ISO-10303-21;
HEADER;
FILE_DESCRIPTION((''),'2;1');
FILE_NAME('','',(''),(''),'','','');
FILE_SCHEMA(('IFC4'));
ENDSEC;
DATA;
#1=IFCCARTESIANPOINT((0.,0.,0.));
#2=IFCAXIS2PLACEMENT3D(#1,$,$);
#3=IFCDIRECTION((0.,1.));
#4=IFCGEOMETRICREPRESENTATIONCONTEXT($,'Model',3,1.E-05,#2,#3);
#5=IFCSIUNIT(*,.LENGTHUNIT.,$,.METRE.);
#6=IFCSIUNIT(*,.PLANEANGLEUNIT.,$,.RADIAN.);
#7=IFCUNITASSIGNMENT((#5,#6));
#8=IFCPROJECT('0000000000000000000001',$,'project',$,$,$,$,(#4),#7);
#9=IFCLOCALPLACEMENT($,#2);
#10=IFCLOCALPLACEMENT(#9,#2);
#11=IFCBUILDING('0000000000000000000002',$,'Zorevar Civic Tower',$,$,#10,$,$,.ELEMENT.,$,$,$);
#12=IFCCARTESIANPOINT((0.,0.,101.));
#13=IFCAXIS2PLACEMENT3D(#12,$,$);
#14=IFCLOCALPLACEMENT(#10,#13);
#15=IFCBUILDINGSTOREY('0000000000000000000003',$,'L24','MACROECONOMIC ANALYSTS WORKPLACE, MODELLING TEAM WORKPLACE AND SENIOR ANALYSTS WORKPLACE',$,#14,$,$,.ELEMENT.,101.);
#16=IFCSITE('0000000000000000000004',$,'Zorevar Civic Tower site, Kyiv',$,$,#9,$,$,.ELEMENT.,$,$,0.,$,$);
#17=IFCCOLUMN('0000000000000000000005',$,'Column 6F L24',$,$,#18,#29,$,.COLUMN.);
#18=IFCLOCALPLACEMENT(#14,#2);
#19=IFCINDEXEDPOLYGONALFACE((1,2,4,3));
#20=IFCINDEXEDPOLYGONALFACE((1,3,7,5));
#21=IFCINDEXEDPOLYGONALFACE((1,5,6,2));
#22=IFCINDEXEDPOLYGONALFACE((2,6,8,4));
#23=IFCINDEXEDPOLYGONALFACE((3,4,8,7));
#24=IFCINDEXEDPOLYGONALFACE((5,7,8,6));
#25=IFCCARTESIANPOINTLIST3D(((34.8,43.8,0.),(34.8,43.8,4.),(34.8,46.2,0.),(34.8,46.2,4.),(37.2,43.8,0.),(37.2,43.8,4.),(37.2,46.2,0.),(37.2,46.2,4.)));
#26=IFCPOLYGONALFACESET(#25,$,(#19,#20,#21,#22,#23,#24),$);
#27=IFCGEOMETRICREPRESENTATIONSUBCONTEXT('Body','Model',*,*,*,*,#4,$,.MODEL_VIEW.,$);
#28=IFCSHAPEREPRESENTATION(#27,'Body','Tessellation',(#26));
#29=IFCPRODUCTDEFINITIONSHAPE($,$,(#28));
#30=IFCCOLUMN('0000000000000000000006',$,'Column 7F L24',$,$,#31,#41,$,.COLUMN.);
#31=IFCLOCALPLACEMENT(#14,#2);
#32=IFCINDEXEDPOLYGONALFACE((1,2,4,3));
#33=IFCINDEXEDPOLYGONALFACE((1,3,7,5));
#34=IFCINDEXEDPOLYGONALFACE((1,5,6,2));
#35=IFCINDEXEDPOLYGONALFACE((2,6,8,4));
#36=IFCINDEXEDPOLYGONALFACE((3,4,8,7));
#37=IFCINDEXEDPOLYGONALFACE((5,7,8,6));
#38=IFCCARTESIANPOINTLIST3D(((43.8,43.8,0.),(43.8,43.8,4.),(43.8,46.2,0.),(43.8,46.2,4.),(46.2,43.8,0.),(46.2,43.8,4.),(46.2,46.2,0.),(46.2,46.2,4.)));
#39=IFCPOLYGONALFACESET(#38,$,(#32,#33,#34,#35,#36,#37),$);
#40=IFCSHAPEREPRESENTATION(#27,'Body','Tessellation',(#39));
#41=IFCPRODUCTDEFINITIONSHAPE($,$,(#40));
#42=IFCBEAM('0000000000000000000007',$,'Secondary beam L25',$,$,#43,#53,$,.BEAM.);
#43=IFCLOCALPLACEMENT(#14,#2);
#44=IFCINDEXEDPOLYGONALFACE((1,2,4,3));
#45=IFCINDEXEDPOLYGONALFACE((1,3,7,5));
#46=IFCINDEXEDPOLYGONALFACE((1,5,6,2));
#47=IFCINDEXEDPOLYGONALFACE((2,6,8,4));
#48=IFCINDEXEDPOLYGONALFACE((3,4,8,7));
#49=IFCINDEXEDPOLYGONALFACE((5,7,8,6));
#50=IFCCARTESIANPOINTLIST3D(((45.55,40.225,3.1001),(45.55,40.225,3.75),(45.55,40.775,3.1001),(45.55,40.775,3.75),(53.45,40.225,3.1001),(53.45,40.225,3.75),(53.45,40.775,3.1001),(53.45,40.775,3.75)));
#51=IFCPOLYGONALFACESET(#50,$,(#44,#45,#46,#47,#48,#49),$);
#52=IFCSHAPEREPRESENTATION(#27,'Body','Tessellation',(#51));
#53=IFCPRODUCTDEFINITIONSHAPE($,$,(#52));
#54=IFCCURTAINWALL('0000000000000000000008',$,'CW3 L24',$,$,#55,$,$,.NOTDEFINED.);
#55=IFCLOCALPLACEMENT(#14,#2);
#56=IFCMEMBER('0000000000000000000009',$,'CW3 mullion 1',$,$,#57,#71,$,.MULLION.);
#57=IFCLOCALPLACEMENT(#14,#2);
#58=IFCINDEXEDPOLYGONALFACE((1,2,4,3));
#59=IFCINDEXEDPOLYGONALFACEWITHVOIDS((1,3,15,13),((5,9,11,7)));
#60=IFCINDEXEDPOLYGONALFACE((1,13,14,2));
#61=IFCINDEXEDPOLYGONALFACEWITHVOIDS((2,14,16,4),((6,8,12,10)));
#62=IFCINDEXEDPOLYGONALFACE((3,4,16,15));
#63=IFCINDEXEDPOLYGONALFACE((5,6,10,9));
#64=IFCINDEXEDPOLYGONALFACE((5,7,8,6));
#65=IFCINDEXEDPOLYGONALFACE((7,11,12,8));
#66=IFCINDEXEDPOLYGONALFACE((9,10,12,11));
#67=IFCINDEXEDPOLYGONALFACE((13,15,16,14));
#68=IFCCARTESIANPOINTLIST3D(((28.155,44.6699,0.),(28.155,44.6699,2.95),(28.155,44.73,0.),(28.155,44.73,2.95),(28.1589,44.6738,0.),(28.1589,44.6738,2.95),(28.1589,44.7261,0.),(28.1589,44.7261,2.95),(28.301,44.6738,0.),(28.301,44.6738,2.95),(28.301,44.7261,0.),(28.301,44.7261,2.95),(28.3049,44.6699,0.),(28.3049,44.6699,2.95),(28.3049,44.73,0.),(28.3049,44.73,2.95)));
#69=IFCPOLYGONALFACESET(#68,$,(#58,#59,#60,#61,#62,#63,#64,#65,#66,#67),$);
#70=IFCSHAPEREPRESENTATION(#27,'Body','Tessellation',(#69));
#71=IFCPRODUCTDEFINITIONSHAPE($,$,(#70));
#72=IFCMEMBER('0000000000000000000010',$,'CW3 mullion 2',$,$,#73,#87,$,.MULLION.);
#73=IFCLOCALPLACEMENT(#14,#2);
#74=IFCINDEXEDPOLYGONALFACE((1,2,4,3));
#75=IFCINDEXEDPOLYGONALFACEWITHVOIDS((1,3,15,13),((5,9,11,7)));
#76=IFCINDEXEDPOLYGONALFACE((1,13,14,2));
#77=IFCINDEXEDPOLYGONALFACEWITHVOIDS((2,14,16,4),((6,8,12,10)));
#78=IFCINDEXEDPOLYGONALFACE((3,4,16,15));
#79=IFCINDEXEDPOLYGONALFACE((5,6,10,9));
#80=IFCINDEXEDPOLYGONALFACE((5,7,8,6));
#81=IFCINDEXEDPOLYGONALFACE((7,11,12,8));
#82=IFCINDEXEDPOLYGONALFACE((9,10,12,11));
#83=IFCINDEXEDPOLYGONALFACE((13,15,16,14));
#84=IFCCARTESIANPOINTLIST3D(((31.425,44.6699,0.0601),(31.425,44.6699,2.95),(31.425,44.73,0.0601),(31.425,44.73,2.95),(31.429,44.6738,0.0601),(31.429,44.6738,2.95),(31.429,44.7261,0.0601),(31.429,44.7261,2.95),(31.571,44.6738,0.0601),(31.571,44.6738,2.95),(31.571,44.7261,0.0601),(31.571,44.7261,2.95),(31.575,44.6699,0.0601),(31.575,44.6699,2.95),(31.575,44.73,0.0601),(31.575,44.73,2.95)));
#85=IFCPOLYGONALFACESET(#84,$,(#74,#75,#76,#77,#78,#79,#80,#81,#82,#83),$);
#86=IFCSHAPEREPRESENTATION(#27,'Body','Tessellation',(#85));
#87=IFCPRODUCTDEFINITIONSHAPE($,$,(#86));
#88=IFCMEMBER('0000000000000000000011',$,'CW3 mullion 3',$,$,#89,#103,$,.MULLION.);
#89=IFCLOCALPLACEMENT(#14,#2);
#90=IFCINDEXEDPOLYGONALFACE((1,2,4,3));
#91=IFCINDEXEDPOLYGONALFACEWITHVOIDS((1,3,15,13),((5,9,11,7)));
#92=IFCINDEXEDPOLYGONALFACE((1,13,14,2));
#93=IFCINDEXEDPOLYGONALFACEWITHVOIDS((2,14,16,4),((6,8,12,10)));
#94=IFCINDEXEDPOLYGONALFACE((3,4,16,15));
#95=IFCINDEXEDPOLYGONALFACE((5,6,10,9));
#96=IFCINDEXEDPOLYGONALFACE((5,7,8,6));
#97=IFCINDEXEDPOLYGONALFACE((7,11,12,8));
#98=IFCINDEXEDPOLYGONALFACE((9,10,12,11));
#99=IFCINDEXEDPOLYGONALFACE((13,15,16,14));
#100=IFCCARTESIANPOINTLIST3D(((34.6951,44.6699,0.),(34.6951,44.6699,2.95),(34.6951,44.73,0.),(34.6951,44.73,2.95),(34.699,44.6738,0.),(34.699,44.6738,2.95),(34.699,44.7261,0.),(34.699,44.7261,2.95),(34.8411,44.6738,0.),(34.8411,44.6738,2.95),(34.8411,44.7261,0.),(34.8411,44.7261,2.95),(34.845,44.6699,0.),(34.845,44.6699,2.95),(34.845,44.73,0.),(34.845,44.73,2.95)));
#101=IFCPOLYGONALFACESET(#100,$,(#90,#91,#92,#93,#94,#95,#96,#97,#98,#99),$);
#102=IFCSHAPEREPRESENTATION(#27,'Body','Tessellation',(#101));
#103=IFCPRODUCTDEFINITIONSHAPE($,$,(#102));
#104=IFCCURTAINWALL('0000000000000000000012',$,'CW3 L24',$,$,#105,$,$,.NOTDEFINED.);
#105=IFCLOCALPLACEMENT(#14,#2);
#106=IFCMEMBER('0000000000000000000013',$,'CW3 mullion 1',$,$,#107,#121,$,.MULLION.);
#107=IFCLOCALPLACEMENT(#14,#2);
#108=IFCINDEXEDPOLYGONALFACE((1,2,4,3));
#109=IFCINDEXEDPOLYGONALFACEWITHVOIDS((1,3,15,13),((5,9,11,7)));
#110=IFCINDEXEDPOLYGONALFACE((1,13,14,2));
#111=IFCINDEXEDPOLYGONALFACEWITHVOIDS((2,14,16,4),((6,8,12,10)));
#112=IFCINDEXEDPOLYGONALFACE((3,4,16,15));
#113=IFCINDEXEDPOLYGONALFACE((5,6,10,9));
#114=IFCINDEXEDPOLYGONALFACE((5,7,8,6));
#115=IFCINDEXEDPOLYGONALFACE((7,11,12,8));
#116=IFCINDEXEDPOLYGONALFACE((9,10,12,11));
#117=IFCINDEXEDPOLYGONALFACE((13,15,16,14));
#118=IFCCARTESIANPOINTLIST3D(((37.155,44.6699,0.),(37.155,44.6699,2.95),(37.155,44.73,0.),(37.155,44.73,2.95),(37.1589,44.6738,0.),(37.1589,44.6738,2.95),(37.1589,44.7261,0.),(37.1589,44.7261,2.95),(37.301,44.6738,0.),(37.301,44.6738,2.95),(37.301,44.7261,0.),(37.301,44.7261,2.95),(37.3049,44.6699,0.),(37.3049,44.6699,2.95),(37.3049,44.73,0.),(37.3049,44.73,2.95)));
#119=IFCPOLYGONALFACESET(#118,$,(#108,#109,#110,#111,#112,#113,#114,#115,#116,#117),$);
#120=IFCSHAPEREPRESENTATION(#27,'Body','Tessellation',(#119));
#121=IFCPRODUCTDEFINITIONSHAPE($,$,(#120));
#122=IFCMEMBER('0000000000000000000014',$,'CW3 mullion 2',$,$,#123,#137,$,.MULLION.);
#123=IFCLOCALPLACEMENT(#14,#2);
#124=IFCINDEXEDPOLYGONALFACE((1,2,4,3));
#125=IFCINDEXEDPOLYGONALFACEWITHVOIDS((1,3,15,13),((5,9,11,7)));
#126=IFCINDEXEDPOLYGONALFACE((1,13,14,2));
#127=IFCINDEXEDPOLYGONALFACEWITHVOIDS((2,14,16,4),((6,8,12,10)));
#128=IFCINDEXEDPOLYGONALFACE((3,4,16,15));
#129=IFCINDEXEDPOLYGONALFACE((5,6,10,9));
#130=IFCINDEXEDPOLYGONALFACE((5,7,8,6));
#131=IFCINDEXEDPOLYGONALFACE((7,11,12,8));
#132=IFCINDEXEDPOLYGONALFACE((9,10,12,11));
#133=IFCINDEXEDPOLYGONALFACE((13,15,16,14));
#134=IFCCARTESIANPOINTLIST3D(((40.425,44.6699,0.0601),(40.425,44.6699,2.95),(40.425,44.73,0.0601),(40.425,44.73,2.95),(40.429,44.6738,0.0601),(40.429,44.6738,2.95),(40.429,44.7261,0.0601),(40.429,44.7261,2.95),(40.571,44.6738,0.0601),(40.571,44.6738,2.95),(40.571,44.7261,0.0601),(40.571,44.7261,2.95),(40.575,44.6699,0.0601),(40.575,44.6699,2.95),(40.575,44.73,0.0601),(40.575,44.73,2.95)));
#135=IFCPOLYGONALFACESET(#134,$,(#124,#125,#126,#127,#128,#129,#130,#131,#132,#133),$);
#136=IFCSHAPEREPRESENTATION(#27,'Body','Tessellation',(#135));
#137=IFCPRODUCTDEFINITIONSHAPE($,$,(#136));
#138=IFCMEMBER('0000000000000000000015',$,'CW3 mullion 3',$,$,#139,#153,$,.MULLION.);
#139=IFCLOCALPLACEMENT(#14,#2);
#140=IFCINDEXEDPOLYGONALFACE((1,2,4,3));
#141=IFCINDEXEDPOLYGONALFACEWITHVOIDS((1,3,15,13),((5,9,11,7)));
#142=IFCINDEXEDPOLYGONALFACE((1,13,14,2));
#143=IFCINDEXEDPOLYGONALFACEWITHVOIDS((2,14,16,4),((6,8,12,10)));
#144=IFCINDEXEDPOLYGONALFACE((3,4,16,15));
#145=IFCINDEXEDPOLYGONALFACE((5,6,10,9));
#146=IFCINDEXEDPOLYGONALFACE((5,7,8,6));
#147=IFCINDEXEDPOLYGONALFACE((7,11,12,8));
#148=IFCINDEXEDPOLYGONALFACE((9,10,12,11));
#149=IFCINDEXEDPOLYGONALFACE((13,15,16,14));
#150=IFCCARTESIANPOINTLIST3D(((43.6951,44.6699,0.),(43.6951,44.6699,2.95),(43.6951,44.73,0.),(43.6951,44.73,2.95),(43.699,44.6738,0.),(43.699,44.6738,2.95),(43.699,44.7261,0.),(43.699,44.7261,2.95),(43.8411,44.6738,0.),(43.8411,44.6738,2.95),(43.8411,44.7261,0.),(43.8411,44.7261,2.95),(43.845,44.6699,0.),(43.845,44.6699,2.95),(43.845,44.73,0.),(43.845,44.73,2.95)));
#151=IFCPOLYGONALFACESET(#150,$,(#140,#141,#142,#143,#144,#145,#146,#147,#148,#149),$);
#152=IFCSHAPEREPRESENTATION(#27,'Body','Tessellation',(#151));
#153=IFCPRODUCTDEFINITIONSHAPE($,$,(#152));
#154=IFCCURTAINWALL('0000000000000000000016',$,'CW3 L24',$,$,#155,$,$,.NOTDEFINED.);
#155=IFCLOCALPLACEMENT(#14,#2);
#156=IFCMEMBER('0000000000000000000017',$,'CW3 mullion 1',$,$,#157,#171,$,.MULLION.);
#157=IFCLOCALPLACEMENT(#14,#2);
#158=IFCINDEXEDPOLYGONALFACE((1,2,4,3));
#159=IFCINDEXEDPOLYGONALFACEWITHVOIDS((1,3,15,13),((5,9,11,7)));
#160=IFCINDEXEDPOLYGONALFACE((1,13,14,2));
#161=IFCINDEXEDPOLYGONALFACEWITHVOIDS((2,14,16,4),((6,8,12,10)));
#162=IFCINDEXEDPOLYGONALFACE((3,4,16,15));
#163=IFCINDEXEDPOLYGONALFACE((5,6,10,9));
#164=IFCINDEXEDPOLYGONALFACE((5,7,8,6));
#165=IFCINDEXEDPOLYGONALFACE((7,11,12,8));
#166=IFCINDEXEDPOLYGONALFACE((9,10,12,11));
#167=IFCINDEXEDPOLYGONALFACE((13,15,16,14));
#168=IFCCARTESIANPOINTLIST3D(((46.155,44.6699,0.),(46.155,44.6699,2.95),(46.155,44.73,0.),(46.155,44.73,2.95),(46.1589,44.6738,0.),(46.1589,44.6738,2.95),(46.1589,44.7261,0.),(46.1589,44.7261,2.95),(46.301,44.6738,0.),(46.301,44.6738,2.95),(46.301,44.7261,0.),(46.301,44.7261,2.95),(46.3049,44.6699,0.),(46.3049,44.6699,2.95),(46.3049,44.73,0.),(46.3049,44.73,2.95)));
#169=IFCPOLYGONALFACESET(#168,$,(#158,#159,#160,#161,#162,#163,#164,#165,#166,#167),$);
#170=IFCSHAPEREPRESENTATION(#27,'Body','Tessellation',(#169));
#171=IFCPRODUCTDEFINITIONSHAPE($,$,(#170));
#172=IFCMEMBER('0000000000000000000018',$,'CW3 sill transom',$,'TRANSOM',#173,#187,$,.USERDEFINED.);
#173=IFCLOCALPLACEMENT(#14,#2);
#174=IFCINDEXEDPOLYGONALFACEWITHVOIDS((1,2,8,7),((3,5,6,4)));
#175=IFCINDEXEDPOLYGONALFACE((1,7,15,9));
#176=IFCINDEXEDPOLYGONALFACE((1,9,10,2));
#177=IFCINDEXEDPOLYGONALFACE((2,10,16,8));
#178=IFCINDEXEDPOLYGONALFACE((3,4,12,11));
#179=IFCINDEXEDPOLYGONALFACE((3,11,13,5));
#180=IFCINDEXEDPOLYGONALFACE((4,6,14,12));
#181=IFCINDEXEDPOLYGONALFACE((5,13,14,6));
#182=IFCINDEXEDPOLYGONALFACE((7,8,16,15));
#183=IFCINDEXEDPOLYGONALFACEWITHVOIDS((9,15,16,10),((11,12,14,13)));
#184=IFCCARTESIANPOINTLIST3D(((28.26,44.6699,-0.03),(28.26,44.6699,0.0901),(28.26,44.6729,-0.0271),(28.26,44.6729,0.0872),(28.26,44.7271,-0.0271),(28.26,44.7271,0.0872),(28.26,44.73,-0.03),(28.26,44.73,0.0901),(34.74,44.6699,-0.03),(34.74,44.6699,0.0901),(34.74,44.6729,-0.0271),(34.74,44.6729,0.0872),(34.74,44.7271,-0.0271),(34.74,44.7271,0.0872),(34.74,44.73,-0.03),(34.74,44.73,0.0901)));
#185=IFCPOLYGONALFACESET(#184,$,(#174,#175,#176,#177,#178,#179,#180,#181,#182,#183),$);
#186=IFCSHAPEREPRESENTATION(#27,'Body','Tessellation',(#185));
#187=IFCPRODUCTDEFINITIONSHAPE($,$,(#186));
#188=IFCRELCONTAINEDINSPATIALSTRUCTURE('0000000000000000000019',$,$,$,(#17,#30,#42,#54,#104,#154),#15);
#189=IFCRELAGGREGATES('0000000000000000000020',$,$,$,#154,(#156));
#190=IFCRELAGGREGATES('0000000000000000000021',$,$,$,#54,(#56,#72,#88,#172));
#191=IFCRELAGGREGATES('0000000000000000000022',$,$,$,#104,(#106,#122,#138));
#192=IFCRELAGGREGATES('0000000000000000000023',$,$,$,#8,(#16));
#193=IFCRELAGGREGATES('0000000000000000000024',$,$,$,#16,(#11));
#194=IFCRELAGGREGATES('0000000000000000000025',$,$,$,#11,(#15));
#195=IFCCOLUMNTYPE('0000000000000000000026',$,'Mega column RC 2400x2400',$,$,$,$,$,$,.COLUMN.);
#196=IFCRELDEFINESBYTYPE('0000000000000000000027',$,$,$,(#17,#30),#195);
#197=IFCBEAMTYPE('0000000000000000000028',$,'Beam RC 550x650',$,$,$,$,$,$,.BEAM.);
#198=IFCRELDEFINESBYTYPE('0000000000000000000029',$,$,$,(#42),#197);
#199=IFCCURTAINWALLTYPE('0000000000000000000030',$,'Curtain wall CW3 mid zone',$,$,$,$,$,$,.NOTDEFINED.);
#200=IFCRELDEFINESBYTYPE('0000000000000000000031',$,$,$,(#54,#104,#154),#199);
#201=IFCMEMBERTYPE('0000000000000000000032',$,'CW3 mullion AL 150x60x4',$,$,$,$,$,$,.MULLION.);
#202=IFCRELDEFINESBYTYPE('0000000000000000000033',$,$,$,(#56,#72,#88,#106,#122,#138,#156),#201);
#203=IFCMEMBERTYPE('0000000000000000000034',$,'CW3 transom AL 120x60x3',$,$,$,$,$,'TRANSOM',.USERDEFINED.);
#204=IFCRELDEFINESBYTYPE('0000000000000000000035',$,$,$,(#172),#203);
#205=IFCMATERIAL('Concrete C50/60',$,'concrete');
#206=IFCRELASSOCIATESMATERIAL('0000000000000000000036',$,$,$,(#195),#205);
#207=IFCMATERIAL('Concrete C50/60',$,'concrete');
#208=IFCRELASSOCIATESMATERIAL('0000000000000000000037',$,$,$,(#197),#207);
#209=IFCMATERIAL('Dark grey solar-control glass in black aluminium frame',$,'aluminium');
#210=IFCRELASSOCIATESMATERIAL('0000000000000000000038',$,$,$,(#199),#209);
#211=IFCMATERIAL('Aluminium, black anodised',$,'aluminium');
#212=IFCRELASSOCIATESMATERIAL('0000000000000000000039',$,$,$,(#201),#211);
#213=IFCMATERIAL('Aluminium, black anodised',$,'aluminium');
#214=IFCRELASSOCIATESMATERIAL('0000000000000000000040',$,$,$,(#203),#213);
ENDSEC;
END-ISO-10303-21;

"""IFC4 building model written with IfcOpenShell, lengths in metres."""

from ifc_helpers import new_model, si_unit, direction, frame, origin, origin_2d, place, context, subcontext, project, spatial, rectangle, hollow_rectangle, extrude, material, material_profile, profile_set, type_object, element, aggregate, save


model = new_model("IFC4")

# Units and contexts
model_context = context("Model", 3, precision=1e-05, world=origin(), true_north=direction((0.0, 1.0)))
body_context = subcontext(model_context, "Body", "Model", "MODEL_VIEW")
ifc_project = project(units=[si_unit("LENGTHUNIT", "METRE"), si_unit("PLANEANGLEUNIT", "RADIAN")], contexts=[model_context])

# Site, building, storey
site_placement = place(None, origin())
site = spatial("IfcSite", under=ifc_project, at=site_placement, Name="Zorevar Civic Tower site, Kyiv", CompositionType="ELEMENT", RefElevation=0.0)
building_placement = place(site_placement, origin())
building = spatial("IfcBuilding", under=site, at=building_placement, Name="Zorevar Civic Tower", CompositionType="ELEMENT")
storey_placement = place(building_placement, frame((0.0, 0.0, 101.0)))
storey = spatial("IfcBuildingStorey", under=building, at=storey_placement, Name="L24", Description="MACROECONOMIC ANALYSTS WORKPLACE, MODELLING TEAM WORKPLACE AND SENIOR ANALYSTS WORKPLACE", CompositionType="ELEMENT", Elevation=101.0)

# Columns
ifc_material_1 = material(Name="Concrete C50/60", Category="concrete")
ifc_material_profile_1 = material_profile(ifc_material_1, rectangle(XDim=2.3999, YDim=2.3999, at=origin_2d()), Name="RC 2400x2400")
ifc_profile_set_1 = profile_set([ifc_material_profile_1], Name="Concrete C50/60")
column_type = type_object("IfcColumnType", Name="Mega column RC 2400x2400", PredefinedType="COLUMN", material=ifc_profile_set_1)
for number, where, z_axis, x_axis, name in (
    (1, (36.0, 45.0, 0.0), (0.0, 0.0, 1.0), (1.0, 0.0, 0.0), "Column 6F L24"),
    (2, (45.0, 45.0, 0.0), (0.0, 0.0, 1.0), (1.0, 0.0, 0.0), "Column 7F L24"),
):
    element("IfcColumn", number, at=place(storey_placement, frame(where, z_axis=z_axis, x_axis=x_axis)), inside=storey, type_object=column_type, Name=name, PredefinedType="COLUMN", context=body_context, shape_type="SweptSolid", body=[
        extrude(rectangle(XDim=2.3999, YDim=2.3999, at=origin_2d()), origin(), (0.0, 0.0, 1.0), 4.0),
    ])

# Beam
ifc_material_2 = material(Name="Concrete C50/60", Category="concrete")
ifc_material_profile_2 = material_profile(ifc_material_2, rectangle(XDim=0.55, YDim=0.6499, at=origin_2d()), Name="RC 550x650")
ifc_profile_set_2 = profile_set([ifc_material_profile_2], Name="Concrete C50/60")
beam_type_1 = type_object("IfcBeamType", Name="Beam RC 550x650", PredefinedType="BEAM", material=ifc_profile_set_2)
beam_placement = place(storey_placement, frame((45.55, 40.5, 3.425), z_axis=(1.0, 0.0, 0.0), x_axis=(0.0, 1.0, 0.0)))
element("IfcBeam", 3, at=beam_placement, inside=storey, type_object=beam_type_1, Name="Secondary beam L25", PredefinedType="BEAM", context=body_context, shape_type="SweptSolid", body=[
    extrude(rectangle(XDim=0.55, YDim=0.6499, at=origin_2d()), origin(), (0.0, 0.0, 1.0), 7.8999),
])

# Curtain walls, members
ifc_material_3 = material(Name="Dark grey solar-control glass in black aluminium frame", Category="aluminium")
curtain_wall_type = type_object("IfcCurtainWallType", Name="Curtain wall CW3 mid zone", PredefinedType="NOTDEFINED", material=ifc_material_3)
curtain_wall_1_placement = place(storey_placement, origin())
curtain_wall_1 = element("IfcCurtainWall", 4, at=curtain_wall_1_placement, inside=storey, type_object=curtain_wall_type, Name="CW3 L24", PredefinedType="NOTDEFINED")
ifc_material_4 = material(Name="Aluminium, black anodised", Category="aluminium")
ifc_material_profile_3 = material_profile(ifc_material_4, hollow_rectangle(XDim=0.0601, YDim=0.1499, WallThickness=0.0039, at=origin_2d()), Name="AL 150x60x4")
ifc_profile_set_3 = profile_set([ifc_material_profile_3], Name="Aluminium, black anodised")
member_type_1 = type_object("IfcMemberType", Name="CW3 mullion AL 150x60x4", PredefinedType="MULLION", material=ifc_profile_set_3)
member_1_placement = place(storey_placement, frame((28.23, 44.7, 0.0), z_axis=(0.0, 0.0, 1.0), x_axis=(0.0, 1.0, 0.0)))
member_1 = element("IfcMember", 5, at=member_1_placement, type_object=member_type_1, Name="CW3 mullion 1", PredefinedType="MULLION", context=body_context, shape_type="SweptSolid", body=[
    extrude(hollow_rectangle(XDim=0.0601, YDim=0.1499, WallThickness=0.0039, at=origin_2d()), origin(), (0.0, 0.0, 1.0), 2.95),
])
member_2_placement = place(storey_placement, frame((31.5, 44.7, 0.0601), z_axis=(0.0, 0.0, 1.0), x_axis=(0.0, 1.0, 0.0)))
member_2 = element("IfcMember", 6, at=member_2_placement, type_object=member_type_1, Name="CW3 mullion 2", PredefinedType="MULLION", context=body_context, shape_type="SweptSolid", body=[
    extrude(hollow_rectangle(XDim=0.0601, YDim=0.1499, WallThickness=0.0039, at=origin_2d()), origin(), (0.0, 0.0, 1.0), 2.8899),
])
member_3_placement = place(storey_placement, frame((34.77, 44.7, 0.0), z_axis=(0.0, 0.0, 1.0), x_axis=(0.0, 1.0, 0.0)))
member_3 = element("IfcMember", 7, at=member_3_placement, type_object=member_type_1, Name="CW3 mullion 3", PredefinedType="MULLION", context=body_context, shape_type="SweptSolid", body=[
    extrude(hollow_rectangle(XDim=0.0601, YDim=0.1499, WallThickness=0.0039, at=origin_2d()), origin(), (0.0, 0.0, 1.0), 2.95),
])
curtain_wall_2_placement = place(storey_placement, origin())
curtain_wall_2 = element("IfcCurtainWall", 8, at=curtain_wall_2_placement, inside=storey, type_object=curtain_wall_type, Name="CW3 L24", PredefinedType="NOTDEFINED")
member_4_placement = place(storey_placement, frame((37.23, 44.7, 0.0), z_axis=(0.0, 0.0, 1.0), x_axis=(0.0, 1.0, 0.0)))
member_4 = element("IfcMember", 9, at=member_4_placement, type_object=member_type_1, Name="CW3 mullion 1", PredefinedType="MULLION", context=body_context, shape_type="SweptSolid", body=[
    extrude(hollow_rectangle(XDim=0.0601, YDim=0.1499, WallThickness=0.0039, at=origin_2d()), origin(), (0.0, 0.0, 1.0), 2.95),
])
member_5_placement = place(storey_placement, frame((40.5, 44.7, 0.0601), z_axis=(0.0, 0.0, 1.0), x_axis=(0.0, 1.0, 0.0)))
member_5 = element("IfcMember", 10, at=member_5_placement, type_object=member_type_1, Name="CW3 mullion 2", PredefinedType="MULLION", context=body_context, shape_type="SweptSolid", body=[
    extrude(hollow_rectangle(XDim=0.0601, YDim=0.1499, WallThickness=0.0039, at=origin_2d()), origin(), (0.0, 0.0, 1.0), 2.8899),
])
member_6_placement = place(storey_placement, frame((43.77, 44.7, 0.0), z_axis=(0.0, 0.0, 1.0), x_axis=(0.0, 1.0, 0.0)))
member_6 = element("IfcMember", 11, at=member_6_placement, type_object=member_type_1, Name="CW3 mullion 3", PredefinedType="MULLION", context=body_context, shape_type="SweptSolid", body=[
    extrude(hollow_rectangle(XDim=0.0601, YDim=0.1499, WallThickness=0.0039, at=origin_2d()), origin(), (0.0, 0.0, 1.0), 2.95),
])

# Curtain wall, member
curtain_wall_3_placement = place(storey_placement, origin())
curtain_wall_3 = element("IfcCurtainWall", 12, at=curtain_wall_3_placement, inside=storey, type_object=curtain_wall_type, Name="CW3 L24", PredefinedType="NOTDEFINED")
member_7_placement = place(storey_placement, frame((46.23, 44.7, 0.0), z_axis=(0.0, 0.0, 1.0), x_axis=(0.0, 1.0, 0.0)))
member_7 = element("IfcMember", 13, at=member_7_placement, type_object=member_type_1, Name="CW3 mullion 1", PredefinedType="MULLION", context=body_context, shape_type="SweptSolid", body=[
    extrude(hollow_rectangle(XDim=0.0601, YDim=0.1499, WallThickness=0.0039, at=origin_2d()), origin(), (0.0, 0.0, 1.0), 2.95),
])
aggregate(curtain_wall_3, [member_7])

# Member
ifc_material_5 = material(Name="Aluminium, black anodised", Category="aluminium")
ifc_material_profile_4 = material_profile(ifc_material_5, hollow_rectangle(XDim=0.0601, YDim=0.1201, WallThickness=0.0029, at=origin_2d()), Name="AL 120x60x3")
ifc_profile_set_4 = profile_set([ifc_material_profile_4], Name="Aluminium, black anodised")
member_type_2 = type_object("IfcMemberType", Name="CW3 transom AL 120x60x3", ElementType="TRANSOM", PredefinedType="USERDEFINED", material=ifc_profile_set_4)
member_8_placement = place(storey_placement, frame((28.26, 44.7, 0.03), z_axis=(1.0, 0.0, 0.0), x_axis=(0.0, 1.0, 0.0)))
member_8 = element("IfcMember", 14, at=member_8_placement, type_object=member_type_2, Name="CW3 sill transom", ObjectType="TRANSOM", PredefinedType="USERDEFINED", context=body_context, shape_type="SweptSolid", body=[
    extrude(hollow_rectangle(XDim=0.0601, YDim=0.1201, WallThickness=0.0029, at=origin_2d()), origin(), (0.0, 0.0, 1.0), 6.48),
])

aggregate(curtain_wall_1, [member_1, member_2, member_3, member_8])
aggregate(curtain_wall_2, [member_4, member_5, member_6])

save(model, "model.ifc")
